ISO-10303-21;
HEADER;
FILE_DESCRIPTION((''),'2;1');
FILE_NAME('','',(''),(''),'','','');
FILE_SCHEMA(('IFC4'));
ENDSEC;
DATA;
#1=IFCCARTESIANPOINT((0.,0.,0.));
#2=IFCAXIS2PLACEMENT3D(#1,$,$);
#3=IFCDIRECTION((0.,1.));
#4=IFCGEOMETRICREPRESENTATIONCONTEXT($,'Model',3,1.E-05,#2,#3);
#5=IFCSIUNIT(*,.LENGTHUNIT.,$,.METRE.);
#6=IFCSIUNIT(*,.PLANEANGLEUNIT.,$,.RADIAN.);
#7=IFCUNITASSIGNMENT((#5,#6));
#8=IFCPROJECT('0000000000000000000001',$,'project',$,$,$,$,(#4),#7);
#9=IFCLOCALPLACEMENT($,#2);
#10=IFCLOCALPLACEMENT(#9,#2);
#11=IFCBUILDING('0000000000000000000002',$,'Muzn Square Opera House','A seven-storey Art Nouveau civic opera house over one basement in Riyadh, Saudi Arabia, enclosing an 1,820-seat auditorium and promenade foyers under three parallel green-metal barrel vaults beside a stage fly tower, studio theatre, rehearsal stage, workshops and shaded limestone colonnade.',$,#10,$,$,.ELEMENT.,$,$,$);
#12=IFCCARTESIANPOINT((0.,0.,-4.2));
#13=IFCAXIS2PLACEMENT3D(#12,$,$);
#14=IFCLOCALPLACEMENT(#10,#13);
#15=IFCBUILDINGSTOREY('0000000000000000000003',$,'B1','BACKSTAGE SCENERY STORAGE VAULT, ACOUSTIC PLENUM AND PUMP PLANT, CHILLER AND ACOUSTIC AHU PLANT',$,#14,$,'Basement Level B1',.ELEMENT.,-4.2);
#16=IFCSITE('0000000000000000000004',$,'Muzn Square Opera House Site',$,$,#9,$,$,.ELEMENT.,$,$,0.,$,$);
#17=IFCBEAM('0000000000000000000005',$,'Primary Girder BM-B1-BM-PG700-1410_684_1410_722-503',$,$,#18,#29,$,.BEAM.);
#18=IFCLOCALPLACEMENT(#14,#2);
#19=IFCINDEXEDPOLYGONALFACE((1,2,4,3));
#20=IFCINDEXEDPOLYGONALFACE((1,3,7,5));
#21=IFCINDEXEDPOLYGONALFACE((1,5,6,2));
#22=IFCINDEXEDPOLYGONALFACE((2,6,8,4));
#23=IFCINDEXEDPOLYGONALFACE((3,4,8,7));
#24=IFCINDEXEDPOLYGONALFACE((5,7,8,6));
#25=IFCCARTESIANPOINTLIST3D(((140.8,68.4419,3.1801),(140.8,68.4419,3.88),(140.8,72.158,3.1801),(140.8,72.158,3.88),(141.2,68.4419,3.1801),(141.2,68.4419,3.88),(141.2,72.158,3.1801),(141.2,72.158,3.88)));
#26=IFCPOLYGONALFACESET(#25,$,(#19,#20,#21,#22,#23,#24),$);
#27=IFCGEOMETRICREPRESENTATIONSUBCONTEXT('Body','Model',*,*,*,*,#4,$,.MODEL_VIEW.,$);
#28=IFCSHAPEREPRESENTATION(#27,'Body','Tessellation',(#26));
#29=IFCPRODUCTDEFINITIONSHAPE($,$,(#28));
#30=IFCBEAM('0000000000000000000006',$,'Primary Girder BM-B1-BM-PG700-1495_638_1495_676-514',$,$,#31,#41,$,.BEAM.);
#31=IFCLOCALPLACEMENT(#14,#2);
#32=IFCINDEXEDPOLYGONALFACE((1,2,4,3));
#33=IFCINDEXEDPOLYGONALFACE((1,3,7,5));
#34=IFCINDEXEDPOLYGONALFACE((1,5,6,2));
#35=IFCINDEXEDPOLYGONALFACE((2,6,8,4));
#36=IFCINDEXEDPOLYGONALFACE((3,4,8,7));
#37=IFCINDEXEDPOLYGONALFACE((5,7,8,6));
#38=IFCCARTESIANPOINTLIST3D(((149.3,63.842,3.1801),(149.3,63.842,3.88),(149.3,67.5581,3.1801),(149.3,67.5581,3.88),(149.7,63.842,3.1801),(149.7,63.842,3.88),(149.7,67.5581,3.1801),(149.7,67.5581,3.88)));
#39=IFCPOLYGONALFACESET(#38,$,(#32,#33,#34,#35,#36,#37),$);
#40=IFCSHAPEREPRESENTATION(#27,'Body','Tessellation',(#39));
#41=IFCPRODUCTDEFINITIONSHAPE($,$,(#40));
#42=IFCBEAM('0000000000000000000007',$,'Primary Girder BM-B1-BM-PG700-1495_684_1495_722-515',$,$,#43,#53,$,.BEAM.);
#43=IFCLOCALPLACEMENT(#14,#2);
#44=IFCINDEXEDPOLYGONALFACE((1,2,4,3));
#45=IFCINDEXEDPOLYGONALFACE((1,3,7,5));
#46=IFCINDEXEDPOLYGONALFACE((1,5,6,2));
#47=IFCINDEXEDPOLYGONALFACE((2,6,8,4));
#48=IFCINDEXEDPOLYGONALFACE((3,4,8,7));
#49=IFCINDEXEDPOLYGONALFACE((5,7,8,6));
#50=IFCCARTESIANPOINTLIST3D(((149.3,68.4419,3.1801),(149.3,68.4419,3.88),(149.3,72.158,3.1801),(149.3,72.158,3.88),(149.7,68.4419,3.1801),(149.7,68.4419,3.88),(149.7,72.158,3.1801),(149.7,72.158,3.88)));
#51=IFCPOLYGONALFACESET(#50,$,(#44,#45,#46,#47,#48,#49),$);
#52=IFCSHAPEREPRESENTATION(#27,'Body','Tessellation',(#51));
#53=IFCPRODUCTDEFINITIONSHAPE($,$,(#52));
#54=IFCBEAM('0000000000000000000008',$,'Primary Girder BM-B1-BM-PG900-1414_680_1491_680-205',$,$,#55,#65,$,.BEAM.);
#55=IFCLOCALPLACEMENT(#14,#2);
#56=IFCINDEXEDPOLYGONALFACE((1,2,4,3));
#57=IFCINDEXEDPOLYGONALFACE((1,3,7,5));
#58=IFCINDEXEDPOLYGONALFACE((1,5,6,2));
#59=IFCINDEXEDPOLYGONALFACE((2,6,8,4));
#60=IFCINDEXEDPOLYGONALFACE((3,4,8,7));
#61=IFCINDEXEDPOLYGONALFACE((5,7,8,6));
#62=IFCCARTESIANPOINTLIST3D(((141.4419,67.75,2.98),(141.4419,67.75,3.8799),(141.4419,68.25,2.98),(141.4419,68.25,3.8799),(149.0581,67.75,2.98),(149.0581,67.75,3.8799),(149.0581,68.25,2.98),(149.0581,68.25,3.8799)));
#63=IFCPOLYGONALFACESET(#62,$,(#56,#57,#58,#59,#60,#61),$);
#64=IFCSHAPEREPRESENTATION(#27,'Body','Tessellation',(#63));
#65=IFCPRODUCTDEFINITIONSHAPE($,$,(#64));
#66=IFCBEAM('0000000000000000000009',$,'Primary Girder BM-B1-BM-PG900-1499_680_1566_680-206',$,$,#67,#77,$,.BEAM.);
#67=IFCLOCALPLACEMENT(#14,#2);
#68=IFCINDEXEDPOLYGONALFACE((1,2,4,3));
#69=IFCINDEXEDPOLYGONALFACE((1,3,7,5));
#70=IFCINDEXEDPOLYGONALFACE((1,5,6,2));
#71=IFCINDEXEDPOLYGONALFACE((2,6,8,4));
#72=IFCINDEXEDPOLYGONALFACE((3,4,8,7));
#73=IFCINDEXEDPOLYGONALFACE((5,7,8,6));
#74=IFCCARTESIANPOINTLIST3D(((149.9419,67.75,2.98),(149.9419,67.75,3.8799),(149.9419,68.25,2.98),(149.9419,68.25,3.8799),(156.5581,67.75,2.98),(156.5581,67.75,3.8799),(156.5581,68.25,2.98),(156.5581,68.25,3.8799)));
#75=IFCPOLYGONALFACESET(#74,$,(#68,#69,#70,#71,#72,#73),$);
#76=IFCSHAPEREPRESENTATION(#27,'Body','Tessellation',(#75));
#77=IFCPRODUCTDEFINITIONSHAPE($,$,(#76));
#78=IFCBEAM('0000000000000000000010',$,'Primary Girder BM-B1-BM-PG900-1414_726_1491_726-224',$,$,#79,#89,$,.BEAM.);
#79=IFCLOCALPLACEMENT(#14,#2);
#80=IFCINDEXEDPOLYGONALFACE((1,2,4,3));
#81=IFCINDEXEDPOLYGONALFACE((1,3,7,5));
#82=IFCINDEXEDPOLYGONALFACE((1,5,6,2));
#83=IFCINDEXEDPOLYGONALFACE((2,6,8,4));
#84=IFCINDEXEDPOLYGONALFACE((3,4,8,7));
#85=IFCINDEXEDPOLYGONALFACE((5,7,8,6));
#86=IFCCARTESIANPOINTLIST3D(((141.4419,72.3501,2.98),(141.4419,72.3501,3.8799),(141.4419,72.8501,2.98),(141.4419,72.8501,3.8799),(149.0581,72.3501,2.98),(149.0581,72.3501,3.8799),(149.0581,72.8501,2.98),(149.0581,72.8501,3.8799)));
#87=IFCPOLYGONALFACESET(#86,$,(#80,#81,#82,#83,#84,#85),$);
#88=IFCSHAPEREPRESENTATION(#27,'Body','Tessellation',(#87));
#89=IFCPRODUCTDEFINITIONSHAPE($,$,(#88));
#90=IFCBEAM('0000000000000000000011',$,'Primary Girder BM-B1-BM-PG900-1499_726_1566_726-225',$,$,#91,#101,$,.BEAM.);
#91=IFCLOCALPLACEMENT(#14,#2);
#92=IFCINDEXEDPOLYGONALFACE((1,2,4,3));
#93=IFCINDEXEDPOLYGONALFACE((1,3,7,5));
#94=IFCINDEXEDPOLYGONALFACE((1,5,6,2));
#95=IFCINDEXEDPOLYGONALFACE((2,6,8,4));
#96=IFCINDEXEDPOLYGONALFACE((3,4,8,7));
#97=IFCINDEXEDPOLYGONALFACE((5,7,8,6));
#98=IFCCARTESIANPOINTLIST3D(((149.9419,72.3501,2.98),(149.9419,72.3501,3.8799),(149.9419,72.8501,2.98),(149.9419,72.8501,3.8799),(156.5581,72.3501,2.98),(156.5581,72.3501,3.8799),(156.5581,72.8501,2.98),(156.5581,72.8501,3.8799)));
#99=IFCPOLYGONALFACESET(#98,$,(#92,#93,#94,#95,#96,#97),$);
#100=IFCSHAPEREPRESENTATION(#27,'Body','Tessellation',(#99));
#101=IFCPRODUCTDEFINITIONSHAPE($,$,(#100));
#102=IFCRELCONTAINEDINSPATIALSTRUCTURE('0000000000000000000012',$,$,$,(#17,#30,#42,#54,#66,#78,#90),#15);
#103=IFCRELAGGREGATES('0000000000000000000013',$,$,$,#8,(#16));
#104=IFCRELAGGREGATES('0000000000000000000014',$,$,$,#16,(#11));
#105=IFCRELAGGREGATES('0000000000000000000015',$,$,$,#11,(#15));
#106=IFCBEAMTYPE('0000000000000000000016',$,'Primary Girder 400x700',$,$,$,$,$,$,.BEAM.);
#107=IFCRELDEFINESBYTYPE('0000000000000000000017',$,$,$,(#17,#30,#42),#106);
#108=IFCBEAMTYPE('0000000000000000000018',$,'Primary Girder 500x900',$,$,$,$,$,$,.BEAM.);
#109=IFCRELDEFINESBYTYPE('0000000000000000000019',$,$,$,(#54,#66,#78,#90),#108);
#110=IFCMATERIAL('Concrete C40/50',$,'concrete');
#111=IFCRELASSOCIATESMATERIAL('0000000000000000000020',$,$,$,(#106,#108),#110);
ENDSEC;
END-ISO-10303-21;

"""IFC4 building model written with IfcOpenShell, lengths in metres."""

from ifc_helpers import new_model, si_unit, direction, frame, origin, origin_2d, place, context, subcontext, project, spatial, rectangle, extrude, material, material_profile, profile_set, type_object, element, save


model = new_model("IFC4")

# Units and contexts
model_context = context("Model", 3, precision=1e-05, world=origin(), true_north=direction((0.0, 1.0)))
body_context = subcontext(model_context, "Body", "Model", "MODEL_VIEW")
ifc_project = project(units=[si_unit("LENGTHUNIT", "METRE"), si_unit("PLANEANGLEUNIT", "RADIAN")], contexts=[model_context])

# Site, building, storey
site_placement = place(None, origin())
site = spatial("IfcSite", under=ifc_project, at=site_placement, Name="Muzn Square Opera House Site", CompositionType="ELEMENT", RefElevation=0.0)
building_placement = place(site_placement, origin())
building = spatial("IfcBuilding", under=site, at=building_placement, Name="Muzn Square Opera House", Description="A seven-storey Art Nouveau civic opera house over one basement in Riyadh, Saudi Arabia, enclosing an 1,820-seat auditorium and promenade foyers under three parallel green-metal barrel vaults beside a stage fly tower, studio theatre, rehearsal stage, workshops and shaded limestone colonnade.", CompositionType="ELEMENT")
storey_placement = place(building_placement, frame((0.0, 0.0, -4.2)))
storey = spatial("IfcBuildingStorey", under=building, at=storey_placement, Name="B1", Description="BACKSTAGE SCENERY STORAGE VAULT, ACOUSTIC PLENUM AND PUMP PLANT, CHILLER AND ACOUSTIC AHU PLANT", LongName="Basement Level B1", CompositionType="ELEMENT", Elevation=-4.2)

# Shared definitions
ifc_material_1 = material(Name="Concrete C40/50", Category="concrete")

# Beams
ifc_material_profile_1 = material_profile(ifc_material_1, rectangle(XDim=0.3999, YDim=0.7, at=origin_2d()), Name="RCB 400x700", Category="concrete")
ifc_profile_set_1 = profile_set([ifc_material_profile_1], Name="Concrete C40/50")
beam_type_1 = type_object("IfcBeamType", Name="Primary Girder 400x700", PredefinedType="BEAM", material=ifc_profile_set_1)
for number, where, z_axis, x_axis, name in (
    (1, (141.0, 68.4419, 3.53), (0.0, 1.0, 0.0), (-1.0, 0.0, 0.0), "Primary Girder BM-B1-BM-PG700-1410_684_1410_722-503"),
    (2, (149.5, 63.842, 3.53), (0.0, 1.0, 0.0), (-1.0, 0.0, 0.0), "Primary Girder BM-B1-BM-PG700-1495_638_1495_676-514"),
    (3, (149.5, 68.4419, 3.53), (0.0, 1.0, 0.0), (-1.0, 0.0, 0.0), "Primary Girder BM-B1-BM-PG700-1495_684_1495_722-515"),
):
    element("IfcBeam", number, at=place(storey_placement, frame(where, z_axis=z_axis, x_axis=x_axis)), inside=storey, type_object=beam_type_1, Name=name, PredefinedType="BEAM", context=body_context, shape_type="SweptSolid", body=[
        extrude(rectangle(XDim=0.3999, YDim=0.7, at=origin_2d()), origin(), (0.0, 0.0, 1.0), 3.7161),
    ])
ifc_material_profile_2 = material_profile(ifc_material_1, rectangle(XDim=0.5, YDim=0.8999, at=origin_2d()), Name="RCB 500x900", Category="concrete")
ifc_profile_set_2 = profile_set([ifc_material_profile_2], Name="Concrete C40/50")
beam_type_2 = type_object("IfcBeamType", Name="Primary Girder 500x900", PredefinedType="BEAM", material=ifc_profile_set_2)
beam_1_placement = place(storey_placement, frame((141.4419, 68.0, 3.4299), z_axis=(1.0, 0.0, 0.0), x_axis=(0.0, 1.0, 0.0)))
element("IfcBeam", 4, at=beam_1_placement, inside=storey, type_object=beam_type_2, Name="Primary Girder BM-B1-BM-PG900-1414_680_1491_680-205", PredefinedType="BEAM", context=body_context, shape_type="SweptSolid", body=[
    extrude(rectangle(XDim=0.5, YDim=0.8999, at=origin_2d()), origin(), (0.0, 0.0, 1.0), 7.6162),
])
beam_2_placement = place(storey_placement, frame((149.9419, 68.0, 3.4299), z_axis=(1.0, 0.0, 0.0), x_axis=(0.0, 1.0, 0.0)))
element("IfcBeam", 5, at=beam_2_placement, inside=storey, type_object=beam_type_2, Name="Primary Girder BM-B1-BM-PG900-1499_680_1566_680-206", PredefinedType="BEAM", context=body_context, shape_type="SweptSolid", body=[
    extrude(rectangle(XDim=0.5, YDim=0.8999, at=origin_2d()), origin(), (0.0, 0.0, 1.0), 6.6162),
])
beam_3_placement = place(storey_placement, frame((141.4419, 72.6001, 3.4299), z_axis=(1.0, 0.0, 0.0), x_axis=(0.0, 1.0, 0.0)))
element("IfcBeam", 6, at=beam_3_placement, inside=storey, type_object=beam_type_2, Name="Primary Girder BM-B1-BM-PG900-1414_726_1491_726-224", PredefinedType="BEAM", context=body_context, shape_type="SweptSolid", body=[
    extrude(rectangle(XDim=0.5, YDim=0.8999, at=origin_2d()), origin(), (0.0, 0.0, 1.0), 7.6162),
])
beam_4_placement = place(storey_placement, frame((149.9419, 72.6001, 3.4299), z_axis=(1.0, 0.0, 0.0), x_axis=(0.0, 1.0, 0.0)))
element("IfcBeam", 7, at=beam_4_placement, inside=storey, type_object=beam_type_2, Name="Primary Girder BM-B1-BM-PG900-1499_726_1566_726-225", PredefinedType="BEAM", context=body_context, shape_type="SweptSolid", body=[
    extrude(rectangle(XDim=0.5, YDim=0.8999, at=origin_2d()), origin(), (0.0, 0.0, 1.0), 6.6162),
])

save(model, "model.ifc")
